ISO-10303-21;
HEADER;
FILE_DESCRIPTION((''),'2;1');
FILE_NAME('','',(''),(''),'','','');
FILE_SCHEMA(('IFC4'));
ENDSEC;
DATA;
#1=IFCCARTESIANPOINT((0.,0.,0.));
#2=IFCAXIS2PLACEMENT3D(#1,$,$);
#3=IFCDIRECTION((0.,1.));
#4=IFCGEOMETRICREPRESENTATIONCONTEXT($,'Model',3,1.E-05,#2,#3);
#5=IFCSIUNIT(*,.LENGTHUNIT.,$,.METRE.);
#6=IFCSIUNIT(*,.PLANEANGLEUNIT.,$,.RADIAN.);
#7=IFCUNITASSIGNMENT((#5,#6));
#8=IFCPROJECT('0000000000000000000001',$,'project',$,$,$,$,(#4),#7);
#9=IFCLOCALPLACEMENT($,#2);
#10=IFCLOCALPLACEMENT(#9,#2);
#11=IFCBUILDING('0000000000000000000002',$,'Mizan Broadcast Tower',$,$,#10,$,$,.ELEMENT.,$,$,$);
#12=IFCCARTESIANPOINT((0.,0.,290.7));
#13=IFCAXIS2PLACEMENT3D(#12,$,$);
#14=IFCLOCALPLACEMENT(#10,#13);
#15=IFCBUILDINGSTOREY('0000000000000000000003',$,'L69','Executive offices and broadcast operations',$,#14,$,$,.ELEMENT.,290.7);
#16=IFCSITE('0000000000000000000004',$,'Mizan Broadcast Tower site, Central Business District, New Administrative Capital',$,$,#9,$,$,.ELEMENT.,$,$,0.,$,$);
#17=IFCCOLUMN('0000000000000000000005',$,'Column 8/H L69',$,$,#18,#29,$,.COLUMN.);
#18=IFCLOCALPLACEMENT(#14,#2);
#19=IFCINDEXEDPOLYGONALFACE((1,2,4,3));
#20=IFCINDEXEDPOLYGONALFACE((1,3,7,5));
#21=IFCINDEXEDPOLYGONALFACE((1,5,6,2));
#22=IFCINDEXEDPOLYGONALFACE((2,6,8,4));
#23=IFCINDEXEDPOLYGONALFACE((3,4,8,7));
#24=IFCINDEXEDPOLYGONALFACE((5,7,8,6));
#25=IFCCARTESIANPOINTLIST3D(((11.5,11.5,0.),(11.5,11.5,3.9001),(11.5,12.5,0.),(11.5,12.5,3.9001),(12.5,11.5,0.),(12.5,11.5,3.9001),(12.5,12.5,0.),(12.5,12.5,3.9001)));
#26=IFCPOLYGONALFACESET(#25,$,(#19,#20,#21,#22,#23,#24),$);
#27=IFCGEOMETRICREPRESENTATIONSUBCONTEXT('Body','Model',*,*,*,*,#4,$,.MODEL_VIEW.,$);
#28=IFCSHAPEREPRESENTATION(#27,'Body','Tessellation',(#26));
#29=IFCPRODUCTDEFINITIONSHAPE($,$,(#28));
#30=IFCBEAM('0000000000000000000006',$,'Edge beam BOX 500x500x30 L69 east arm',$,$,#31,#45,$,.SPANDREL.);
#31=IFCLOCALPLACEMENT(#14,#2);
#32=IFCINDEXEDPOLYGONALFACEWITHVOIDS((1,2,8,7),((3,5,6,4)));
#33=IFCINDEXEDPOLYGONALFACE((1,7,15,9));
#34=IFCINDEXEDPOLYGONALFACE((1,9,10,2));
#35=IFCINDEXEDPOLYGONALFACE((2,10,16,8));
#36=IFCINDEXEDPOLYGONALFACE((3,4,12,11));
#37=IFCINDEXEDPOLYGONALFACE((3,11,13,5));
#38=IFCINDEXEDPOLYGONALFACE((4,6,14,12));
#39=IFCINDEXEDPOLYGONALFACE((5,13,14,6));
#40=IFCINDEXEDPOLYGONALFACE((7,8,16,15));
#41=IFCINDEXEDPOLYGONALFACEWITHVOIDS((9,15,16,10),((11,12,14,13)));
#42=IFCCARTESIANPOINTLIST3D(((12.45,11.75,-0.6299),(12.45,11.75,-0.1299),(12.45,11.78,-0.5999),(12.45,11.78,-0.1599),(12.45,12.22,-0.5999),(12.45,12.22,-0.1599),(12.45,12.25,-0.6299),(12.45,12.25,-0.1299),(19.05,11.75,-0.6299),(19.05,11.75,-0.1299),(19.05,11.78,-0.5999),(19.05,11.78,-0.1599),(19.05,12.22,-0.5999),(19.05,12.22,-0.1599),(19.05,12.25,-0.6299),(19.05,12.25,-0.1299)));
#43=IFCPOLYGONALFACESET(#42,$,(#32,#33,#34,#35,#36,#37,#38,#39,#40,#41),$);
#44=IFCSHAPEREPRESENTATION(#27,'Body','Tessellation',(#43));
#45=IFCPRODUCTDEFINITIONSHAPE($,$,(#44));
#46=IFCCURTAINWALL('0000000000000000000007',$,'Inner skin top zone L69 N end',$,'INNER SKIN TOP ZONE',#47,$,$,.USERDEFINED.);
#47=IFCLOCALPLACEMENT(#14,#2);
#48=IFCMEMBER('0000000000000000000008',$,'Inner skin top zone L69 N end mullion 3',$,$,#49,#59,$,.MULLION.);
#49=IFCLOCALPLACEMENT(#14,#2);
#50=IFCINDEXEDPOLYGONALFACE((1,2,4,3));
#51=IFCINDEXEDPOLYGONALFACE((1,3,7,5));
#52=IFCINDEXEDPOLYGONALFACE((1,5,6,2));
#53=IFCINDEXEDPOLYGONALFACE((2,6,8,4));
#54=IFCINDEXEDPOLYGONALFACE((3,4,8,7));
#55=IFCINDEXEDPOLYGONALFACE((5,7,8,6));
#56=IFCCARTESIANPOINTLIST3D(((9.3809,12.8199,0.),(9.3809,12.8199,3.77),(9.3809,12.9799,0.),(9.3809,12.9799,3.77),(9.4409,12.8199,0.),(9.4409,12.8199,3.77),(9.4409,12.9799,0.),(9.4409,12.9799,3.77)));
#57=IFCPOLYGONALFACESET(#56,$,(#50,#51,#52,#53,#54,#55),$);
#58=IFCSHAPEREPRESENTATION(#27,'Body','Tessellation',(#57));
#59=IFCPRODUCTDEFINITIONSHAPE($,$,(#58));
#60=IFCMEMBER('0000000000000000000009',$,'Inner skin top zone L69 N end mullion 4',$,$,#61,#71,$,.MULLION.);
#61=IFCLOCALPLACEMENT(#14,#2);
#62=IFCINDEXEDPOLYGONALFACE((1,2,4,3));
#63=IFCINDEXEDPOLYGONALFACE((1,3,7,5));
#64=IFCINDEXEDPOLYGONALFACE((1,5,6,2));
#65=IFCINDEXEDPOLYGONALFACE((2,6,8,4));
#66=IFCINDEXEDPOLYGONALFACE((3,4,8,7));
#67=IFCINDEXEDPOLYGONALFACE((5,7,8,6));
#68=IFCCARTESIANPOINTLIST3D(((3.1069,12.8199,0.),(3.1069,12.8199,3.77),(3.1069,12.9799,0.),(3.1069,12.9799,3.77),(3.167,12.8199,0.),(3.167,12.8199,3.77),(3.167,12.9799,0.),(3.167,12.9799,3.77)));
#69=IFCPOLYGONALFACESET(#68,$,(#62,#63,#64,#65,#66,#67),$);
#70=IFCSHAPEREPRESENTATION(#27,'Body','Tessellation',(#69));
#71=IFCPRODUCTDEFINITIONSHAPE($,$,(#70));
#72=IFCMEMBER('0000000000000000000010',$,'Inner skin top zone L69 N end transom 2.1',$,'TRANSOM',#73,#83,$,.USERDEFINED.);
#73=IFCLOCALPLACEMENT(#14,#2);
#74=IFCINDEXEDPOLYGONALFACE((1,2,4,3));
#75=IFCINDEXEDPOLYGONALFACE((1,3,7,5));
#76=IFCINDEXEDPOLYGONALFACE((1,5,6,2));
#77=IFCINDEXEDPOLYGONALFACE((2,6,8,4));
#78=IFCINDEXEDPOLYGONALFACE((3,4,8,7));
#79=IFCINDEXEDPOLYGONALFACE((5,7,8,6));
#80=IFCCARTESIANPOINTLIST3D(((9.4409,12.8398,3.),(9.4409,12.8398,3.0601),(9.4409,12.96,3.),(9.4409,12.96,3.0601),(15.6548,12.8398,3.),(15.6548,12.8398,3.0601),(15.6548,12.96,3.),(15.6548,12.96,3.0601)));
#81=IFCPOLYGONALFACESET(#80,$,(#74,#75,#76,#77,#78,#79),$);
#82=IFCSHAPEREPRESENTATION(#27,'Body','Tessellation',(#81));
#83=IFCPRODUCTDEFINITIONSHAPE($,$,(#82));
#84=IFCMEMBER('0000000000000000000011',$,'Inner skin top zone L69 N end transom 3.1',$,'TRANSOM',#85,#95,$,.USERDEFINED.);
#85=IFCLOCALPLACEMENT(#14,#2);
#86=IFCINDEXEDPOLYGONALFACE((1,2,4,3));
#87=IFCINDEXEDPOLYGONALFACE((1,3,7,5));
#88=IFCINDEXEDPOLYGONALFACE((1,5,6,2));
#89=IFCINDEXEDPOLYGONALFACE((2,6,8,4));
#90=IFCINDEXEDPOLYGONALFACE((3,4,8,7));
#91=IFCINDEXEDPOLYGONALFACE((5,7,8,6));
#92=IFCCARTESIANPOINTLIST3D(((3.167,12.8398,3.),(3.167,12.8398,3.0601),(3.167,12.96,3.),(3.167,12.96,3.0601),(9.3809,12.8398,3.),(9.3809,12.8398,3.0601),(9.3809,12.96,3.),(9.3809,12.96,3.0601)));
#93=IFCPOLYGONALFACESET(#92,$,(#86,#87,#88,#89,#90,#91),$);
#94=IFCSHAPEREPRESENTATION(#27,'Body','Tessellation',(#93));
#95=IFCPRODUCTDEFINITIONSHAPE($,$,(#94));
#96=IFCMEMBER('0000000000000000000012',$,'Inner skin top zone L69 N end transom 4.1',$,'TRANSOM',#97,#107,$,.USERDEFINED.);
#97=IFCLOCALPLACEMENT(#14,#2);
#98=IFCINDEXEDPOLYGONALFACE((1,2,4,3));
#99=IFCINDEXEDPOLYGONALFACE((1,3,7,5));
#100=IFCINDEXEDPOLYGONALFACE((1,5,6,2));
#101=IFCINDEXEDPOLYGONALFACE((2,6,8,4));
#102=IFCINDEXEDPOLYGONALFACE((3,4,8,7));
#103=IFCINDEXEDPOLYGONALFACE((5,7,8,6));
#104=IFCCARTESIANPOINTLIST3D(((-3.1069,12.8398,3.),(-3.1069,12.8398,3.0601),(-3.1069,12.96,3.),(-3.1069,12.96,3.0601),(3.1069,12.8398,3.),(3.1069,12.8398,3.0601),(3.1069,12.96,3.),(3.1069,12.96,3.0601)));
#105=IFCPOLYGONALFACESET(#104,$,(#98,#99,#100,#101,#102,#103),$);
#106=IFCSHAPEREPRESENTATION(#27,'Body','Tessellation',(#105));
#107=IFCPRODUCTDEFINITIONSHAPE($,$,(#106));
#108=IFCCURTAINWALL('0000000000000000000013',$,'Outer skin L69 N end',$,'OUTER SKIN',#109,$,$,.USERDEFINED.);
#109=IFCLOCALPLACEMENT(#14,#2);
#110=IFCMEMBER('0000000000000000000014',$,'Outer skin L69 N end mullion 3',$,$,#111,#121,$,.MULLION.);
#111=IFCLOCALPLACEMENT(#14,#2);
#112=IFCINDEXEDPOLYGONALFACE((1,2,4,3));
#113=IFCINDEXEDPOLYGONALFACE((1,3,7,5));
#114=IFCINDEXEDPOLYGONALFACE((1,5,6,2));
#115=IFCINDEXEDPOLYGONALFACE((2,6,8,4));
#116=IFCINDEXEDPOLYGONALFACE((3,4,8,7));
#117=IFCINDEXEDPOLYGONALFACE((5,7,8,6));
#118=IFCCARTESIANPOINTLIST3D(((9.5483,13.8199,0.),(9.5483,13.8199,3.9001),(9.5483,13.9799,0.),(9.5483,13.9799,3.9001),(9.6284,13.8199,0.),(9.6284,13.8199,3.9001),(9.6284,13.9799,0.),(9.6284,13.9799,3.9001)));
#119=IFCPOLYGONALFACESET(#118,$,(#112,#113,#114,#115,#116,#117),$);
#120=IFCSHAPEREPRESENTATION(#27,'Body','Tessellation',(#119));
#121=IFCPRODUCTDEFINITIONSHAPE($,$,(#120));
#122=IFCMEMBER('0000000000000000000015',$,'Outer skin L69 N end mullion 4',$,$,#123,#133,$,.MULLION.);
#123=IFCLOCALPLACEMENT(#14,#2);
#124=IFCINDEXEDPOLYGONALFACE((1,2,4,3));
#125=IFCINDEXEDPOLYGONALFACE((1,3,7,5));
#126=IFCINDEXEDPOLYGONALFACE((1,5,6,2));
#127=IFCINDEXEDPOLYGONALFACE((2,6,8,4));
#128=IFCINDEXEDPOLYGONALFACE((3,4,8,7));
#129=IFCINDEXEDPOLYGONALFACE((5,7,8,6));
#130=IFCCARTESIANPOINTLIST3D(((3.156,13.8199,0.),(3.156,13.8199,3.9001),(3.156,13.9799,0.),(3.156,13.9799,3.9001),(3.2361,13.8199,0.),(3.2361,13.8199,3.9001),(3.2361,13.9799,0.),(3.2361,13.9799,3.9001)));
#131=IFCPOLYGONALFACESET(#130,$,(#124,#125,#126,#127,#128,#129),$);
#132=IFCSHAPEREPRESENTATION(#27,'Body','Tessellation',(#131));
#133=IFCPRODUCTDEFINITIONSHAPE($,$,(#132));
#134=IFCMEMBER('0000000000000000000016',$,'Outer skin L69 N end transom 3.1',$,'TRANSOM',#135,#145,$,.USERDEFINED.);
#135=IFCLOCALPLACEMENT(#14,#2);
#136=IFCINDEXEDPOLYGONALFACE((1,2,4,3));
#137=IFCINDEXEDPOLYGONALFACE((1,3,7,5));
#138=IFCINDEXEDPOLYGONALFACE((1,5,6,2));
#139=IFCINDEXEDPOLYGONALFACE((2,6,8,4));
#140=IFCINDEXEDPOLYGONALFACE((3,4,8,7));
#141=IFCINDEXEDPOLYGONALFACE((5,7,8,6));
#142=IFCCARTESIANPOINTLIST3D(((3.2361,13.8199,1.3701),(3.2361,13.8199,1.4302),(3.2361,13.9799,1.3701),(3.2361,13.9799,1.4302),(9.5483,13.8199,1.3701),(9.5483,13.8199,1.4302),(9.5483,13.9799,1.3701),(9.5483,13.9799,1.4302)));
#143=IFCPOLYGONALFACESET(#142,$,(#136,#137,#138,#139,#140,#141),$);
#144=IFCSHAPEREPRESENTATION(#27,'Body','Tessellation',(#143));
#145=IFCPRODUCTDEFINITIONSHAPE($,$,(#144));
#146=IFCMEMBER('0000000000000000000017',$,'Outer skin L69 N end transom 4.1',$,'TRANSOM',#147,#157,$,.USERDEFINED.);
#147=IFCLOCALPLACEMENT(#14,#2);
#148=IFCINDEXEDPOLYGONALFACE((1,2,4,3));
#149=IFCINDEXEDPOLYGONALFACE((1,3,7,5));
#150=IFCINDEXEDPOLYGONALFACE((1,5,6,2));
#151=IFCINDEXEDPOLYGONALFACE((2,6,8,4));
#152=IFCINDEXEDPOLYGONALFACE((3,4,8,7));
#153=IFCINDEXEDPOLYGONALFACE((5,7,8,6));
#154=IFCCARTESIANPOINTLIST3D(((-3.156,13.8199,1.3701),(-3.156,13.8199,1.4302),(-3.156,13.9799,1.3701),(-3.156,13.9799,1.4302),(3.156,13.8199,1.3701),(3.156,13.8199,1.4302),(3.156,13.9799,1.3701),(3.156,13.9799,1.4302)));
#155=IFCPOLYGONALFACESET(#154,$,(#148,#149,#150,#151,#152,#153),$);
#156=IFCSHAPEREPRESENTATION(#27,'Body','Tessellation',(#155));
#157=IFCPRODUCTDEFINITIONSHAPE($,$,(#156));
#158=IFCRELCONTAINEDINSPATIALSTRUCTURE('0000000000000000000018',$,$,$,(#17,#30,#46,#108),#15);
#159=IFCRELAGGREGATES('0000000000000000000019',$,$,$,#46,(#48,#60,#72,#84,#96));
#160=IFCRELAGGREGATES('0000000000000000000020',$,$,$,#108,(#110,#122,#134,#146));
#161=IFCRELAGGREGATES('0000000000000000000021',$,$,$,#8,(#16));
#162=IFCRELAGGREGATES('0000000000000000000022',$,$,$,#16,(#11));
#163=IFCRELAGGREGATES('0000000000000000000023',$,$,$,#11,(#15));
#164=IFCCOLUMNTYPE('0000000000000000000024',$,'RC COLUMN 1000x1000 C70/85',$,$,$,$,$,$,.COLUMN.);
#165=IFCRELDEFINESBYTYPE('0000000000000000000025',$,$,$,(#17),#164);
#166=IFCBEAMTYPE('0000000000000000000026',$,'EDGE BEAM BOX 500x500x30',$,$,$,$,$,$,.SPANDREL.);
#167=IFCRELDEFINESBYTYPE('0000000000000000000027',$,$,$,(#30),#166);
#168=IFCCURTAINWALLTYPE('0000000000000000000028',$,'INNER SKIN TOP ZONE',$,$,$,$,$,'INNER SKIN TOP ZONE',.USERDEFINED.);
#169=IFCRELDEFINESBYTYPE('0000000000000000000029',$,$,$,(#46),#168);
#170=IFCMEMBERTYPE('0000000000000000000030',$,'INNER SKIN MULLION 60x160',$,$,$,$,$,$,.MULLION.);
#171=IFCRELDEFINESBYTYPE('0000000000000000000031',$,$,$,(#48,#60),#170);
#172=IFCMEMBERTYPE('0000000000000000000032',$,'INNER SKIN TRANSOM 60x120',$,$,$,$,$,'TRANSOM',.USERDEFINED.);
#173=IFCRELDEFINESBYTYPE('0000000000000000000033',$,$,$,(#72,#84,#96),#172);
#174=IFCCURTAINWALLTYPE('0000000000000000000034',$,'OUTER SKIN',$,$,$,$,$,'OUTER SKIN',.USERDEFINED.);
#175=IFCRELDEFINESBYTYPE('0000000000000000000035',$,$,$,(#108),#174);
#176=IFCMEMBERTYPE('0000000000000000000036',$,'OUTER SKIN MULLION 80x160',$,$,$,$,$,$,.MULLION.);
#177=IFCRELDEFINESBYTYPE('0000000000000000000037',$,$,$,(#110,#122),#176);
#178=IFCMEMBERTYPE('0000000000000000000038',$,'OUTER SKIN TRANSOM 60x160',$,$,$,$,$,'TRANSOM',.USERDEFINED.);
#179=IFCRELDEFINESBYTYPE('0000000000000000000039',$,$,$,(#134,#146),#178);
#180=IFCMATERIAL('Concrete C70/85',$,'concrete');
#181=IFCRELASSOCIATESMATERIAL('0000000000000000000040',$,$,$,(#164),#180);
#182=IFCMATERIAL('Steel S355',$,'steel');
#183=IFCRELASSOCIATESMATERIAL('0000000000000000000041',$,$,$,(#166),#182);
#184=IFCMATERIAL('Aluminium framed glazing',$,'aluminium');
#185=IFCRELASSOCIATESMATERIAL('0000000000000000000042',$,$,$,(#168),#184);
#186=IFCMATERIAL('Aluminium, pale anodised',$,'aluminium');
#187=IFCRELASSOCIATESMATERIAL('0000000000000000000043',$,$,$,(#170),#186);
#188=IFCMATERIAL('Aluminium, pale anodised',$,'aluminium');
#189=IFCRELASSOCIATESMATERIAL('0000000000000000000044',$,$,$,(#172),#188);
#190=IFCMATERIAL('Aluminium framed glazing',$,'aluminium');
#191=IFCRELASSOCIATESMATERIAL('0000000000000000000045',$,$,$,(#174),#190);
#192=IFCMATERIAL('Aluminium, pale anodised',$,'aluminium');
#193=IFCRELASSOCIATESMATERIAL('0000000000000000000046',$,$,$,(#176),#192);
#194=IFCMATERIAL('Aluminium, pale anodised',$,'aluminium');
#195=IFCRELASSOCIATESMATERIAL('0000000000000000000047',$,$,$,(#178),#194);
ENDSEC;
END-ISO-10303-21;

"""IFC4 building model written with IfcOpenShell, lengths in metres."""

from ifc_helpers import new_model, si_unit, direction, frame, origin, origin_2d, place, context, subcontext, project, spatial, rectangle, hollow_rectangle, extrude, material, material_profile, profile_set, type_object, element, aggregate, save


model = new_model("IFC4")

# Units and contexts
model_context = context("Model", 3, precision=1e-05, world=origin(), true_north=direction((0.0, 1.0)))
body_context = subcontext(model_context, "Body", "Model", "MODEL_VIEW")
ifc_project = project(units=[si_unit("LENGTHUNIT", "METRE"), si_unit("PLANEANGLEUNIT", "RADIAN")], contexts=[model_context])

# Site, building, storey
site_placement = place(None, origin())
site = spatial("IfcSite", under=ifc_project, at=site_placement, Name="Mizan Broadcast Tower site, Central Business District, New Administrative Capital", CompositionType="ELEMENT", RefElevation=0.0)
building_placement = place(site_placement, origin())
building = spatial("IfcBuilding", under=site, at=building_placement, Name="Mizan Broadcast Tower", CompositionType="ELEMENT")
storey_placement = place(building_placement, frame((0.0, 0.0, 290.7)))
storey = spatial("IfcBuildingStorey", under=building, at=storey_placement, Name="L69", Description="Executive offices and broadcast operations", CompositionType="ELEMENT", Elevation=290.7)

# Column
ifc_material_1 = material(Name="Concrete C70/85", Category="concrete")
ifc_material_profile_1 = material_profile(ifc_material_1, rectangle(XDim=1.0, YDim=1.0, at=origin_2d()), Name="RC 1000x1000")
ifc_profile_set_1 = profile_set([ifc_material_profile_1], Name="Concrete C70/85")
column_type = type_object("IfcColumnType", Name="RC COLUMN 1000x1000 C70/85", PredefinedType="COLUMN", material=ifc_profile_set_1)
column_placement = place(storey_placement, frame((12.0, 12.0, 0.0), z_axis=(0.0, 0.0, 1.0), x_axis=(1.0, 0.0, 0.0)))
element("IfcColumn", 1, at=column_placement, inside=storey, type_object=column_type, Name="Column 8/H L69", PredefinedType="COLUMN", context=body_context, shape_type="SweptSolid", body=[
    extrude(rectangle(XDim=1.0, YDim=1.0, at=origin_2d()), origin(), (0.0, 0.0, 1.0), 3.9001),
])

# Beam
ifc_material_2 = material(Name="Steel S355", Category="steel")
ifc_material_profile_2 = material_profile(ifc_material_2, hollow_rectangle(XDim=0.5, YDim=0.5, WallThickness=0.03, at=origin_2d()), Name="BOX 500x500x30")
ifc_profile_set_2 = profile_set([ifc_material_profile_2], Name="Steel S355")
beam_type_1 = type_object("IfcBeamType", Name="EDGE BEAM BOX 500x500x30", PredefinedType="SPANDREL", material=ifc_profile_set_2)
beam_1_placement = place(storey_placement, frame((12.45, 12.0, -0.3799), z_axis=(1.0, 0.0, 0.0), x_axis=(0.0, 1.0, 0.0)))
element("IfcBeam", 2, at=beam_1_placement, inside=storey, type_object=beam_type_1, Name="Edge beam BOX 500x500x30 L69 east arm", PredefinedType="SPANDREL", context=body_context, shape_type="SweptSolid", body=[
    extrude(hollow_rectangle(XDim=0.5, YDim=0.5, WallThickness=0.03, at=origin_2d()), origin(), (0.0, 0.0, 1.0), 6.6001),
])

# Curtain walls, members
ifc_material_3 = material(Name="Aluminium framed glazing", Category="aluminium")
curtain_wall_type_1 = type_object("IfcCurtainWallType", Name="INNER SKIN TOP ZONE", ElementType="INNER SKIN TOP ZONE", PredefinedType="USERDEFINED", material=ifc_material_3)
curtain_wall_1_placement = place(storey_placement, origin())
curtain_wall_1 = element("IfcCurtainWall", 3, at=curtain_wall_1_placement, inside=storey, type_object=curtain_wall_type_1, Name="Inner skin top zone L69 N end", ObjectType="INNER SKIN TOP ZONE", PredefinedType="USERDEFINED")
ifc_material_4 = material(Name="Aluminium, pale anodised", Category="aluminium")
ifc_material_profile_3 = material_profile(ifc_material_4, rectangle(XDim=0.1599, YDim=0.0601, at=origin_2d()), Name="MULLION 160x60")
ifc_profile_set_3 = profile_set([ifc_material_profile_3], Name="Aluminium, pale anodised")
member_type_1 = type_object("IfcMemberType", Name="INNER SKIN MULLION 60x160", PredefinedType="MULLION", material=ifc_profile_set_3)
member_1_placement = place(storey_placement, frame((9.4109, 12.8999, 0.0), z_axis=(0.0, 0.0, 1.0), x_axis=(0.0, -1.0, 0.0)))
member_1 = element("IfcMember", 4, at=member_1_placement, type_object=member_type_1, Name="Inner skin top zone L69 N end mullion 3", PredefinedType="MULLION", context=body_context, shape_type="SweptSolid", body=[
    extrude(rectangle(XDim=0.1599, YDim=0.0601, at=origin_2d()), origin(), (0.0, 0.0, 1.0), 3.77),
])
member_2_placement = place(storey_placement, frame((3.137, 12.8999, 0.0), z_axis=(0.0, 0.0, 1.0), x_axis=(0.0, -1.0, 0.0)))
member_2 = element("IfcMember", 5, at=member_2_placement, type_object=member_type_1, Name="Inner skin top zone L69 N end mullion 4", PredefinedType="MULLION", context=body_context, shape_type="SweptSolid", body=[
    extrude(rectangle(XDim=0.1599, YDim=0.0601, at=origin_2d()), origin(), (0.0, 0.0, 1.0), 3.77),
])
ifc_material_5 = material(Name="Aluminium, pale anodised", Category="aluminium")
ifc_material_profile_4 = material_profile(ifc_material_5, rectangle(XDim=0.1201, YDim=0.0601, at=origin_2d()), Name="TRANSOM 120x60")
ifc_profile_set_4 = profile_set([ifc_material_profile_4], Name="Aluminium, pale anodised")
member_type_2 = type_object("IfcMemberType", Name="INNER SKIN TRANSOM 60x120", ElementType="TRANSOM", PredefinedType="USERDEFINED", material=ifc_profile_set_4)
member_3_placement = place(storey_placement, frame((15.6548, 12.8999, 3.03), z_axis=(-1.0, 0.0, 0.0), x_axis=(0.0, -1.0, 0.0)))
member_3 = element("IfcMember", 6, at=member_3_placement, type_object=member_type_2, Name="Inner skin top zone L69 N end transom 2.1", ObjectType="TRANSOM", PredefinedType="USERDEFINED", context=body_context, shape_type="SweptSolid", body=[
    extrude(rectangle(XDim=0.1201, YDim=0.0601, at=origin_2d()), origin(), (0.0, 0.0, 1.0), 6.2139),
])
member_4_placement = place(storey_placement, frame((9.3809, 12.8999, 3.03), z_axis=(-1.0, 0.0, 0.0), x_axis=(0.0, -1.0, 0.0)))
member_4 = element("IfcMember", 7, at=member_4_placement, type_object=member_type_2, Name="Inner skin top zone L69 N end transom 3.1", ObjectType="TRANSOM", PredefinedType="USERDEFINED", context=body_context, shape_type="SweptSolid", body=[
    extrude(rectangle(XDim=0.1201, YDim=0.0601, at=origin_2d()), origin(), (0.0, 0.0, 1.0), 6.2139),
])
member_5_placement = place(storey_placement, frame((3.1069, 12.8999, 3.03), z_axis=(-1.0, 0.0, 0.0), x_axis=(0.0, -1.0, 0.0)))
member_5 = element("IfcMember", 8, at=member_5_placement, type_object=member_type_2, Name="Inner skin top zone L69 N end transom 4.1", ObjectType="TRANSOM", PredefinedType="USERDEFINED", context=body_context, shape_type="SweptSolid", body=[
    extrude(rectangle(XDim=0.1201, YDim=0.0601, at=origin_2d()), origin(), (0.0, 0.0, 1.0), 6.2139),
])
ifc_material_6 = material(Name="Aluminium framed glazing", Category="aluminium")
curtain_wall_type_2 = type_object("IfcCurtainWallType", Name="OUTER SKIN", ElementType="OUTER SKIN", PredefinedType="USERDEFINED", material=ifc_material_6)
curtain_wall_2_placement = place(storey_placement, origin())
curtain_wall_2 = element("IfcCurtainWall", 9, at=curtain_wall_2_placement, inside=storey, type_object=curtain_wall_type_2, Name="Outer skin L69 N end", ObjectType="OUTER SKIN", PredefinedType="USERDEFINED")
ifc_material_7 = material(Name="Aluminium, pale anodised", Category="aluminium")
ifc_material_profile_5 = material_profile(ifc_material_7, rectangle(XDim=0.1599, YDim=0.0801, at=origin_2d()), Name="MULLION 160x80")
ifc_profile_set_5 = profile_set([ifc_material_profile_5], Name="Aluminium, pale anodised")
member_type_3 = type_object("IfcMemberType", Name="OUTER SKIN MULLION 80x160", PredefinedType="MULLION", material=ifc_profile_set_5)
member_6_placement = place(storey_placement, frame((9.5884, 13.8999, 0.0), z_axis=(0.0, 0.0, 1.0), x_axis=(0.0, -1.0, 0.0)))
member_6 = element("IfcMember", 10, at=member_6_placement, type_object=member_type_3, Name="Outer skin L69 N end mullion 3", PredefinedType="MULLION", context=body_context, shape_type="SweptSolid", body=[
    extrude(rectangle(XDim=0.1599, YDim=0.0801, at=origin_2d()), origin(), (0.0, 0.0, 1.0), 3.9001),
])
member_7_placement = place(storey_placement, frame((3.196, 13.8999, 0.0), z_axis=(0.0, 0.0, 1.0), x_axis=(0.0, -1.0, 0.0)))
member_7 = element("IfcMember", 11, at=member_7_placement, type_object=member_type_3, Name="Outer skin L69 N end mullion 4", PredefinedType="MULLION", context=body_context, shape_type="SweptSolid", body=[
    extrude(rectangle(XDim=0.1599, YDim=0.0801, at=origin_2d()), origin(), (0.0, 0.0, 1.0), 3.9001),
])
ifc_material_8 = material(Name="Aluminium, pale anodised", Category="aluminium")
ifc_material_profile_6 = material_profile(ifc_material_8, rectangle(XDim=0.1599, YDim=0.0601, at=origin_2d()), Name="TRANSOM 160x60")
ifc_profile_set_6 = profile_set([ifc_material_profile_6], Name="Aluminium, pale anodised")
member_type_4 = type_object("IfcMemberType", Name="OUTER SKIN TRANSOM 60x160", ElementType="TRANSOM", PredefinedType="USERDEFINED", material=ifc_profile_set_6)
member_8_placement = place(storey_placement, frame((9.5483, 13.8999, 1.4001), z_axis=(-1.0, 0.0, 0.0), x_axis=(0.0, -1.0, 0.0)))
member_8 = element("IfcMember", 12, at=member_8_placement, type_object=member_type_4, Name="Outer skin L69 N end transom 3.1", ObjectType="TRANSOM", PredefinedType="USERDEFINED", context=body_context, shape_type="SweptSolid", body=[
    extrude(rectangle(XDim=0.1599, YDim=0.0601, at=origin_2d()), origin(), (0.0, 0.0, 1.0), 6.3123),
])
member_9_placement = place(storey_placement, frame((3.156, 13.8999, 1.4001), z_axis=(-1.0, 0.0, 0.0), x_axis=(0.0, -1.0, 0.0)))
member_9 = element("IfcMember", 13, at=member_9_placement, type_object=member_type_4, Name="Outer skin L69 N end transom 4.1", ObjectType="TRANSOM", PredefinedType="USERDEFINED", context=body_context, shape_type="SweptSolid", body=[
    extrude(rectangle(XDim=0.1599, YDim=0.0601, at=origin_2d()), origin(), (0.0, 0.0, 1.0), 6.312),
])

aggregate(curtain_wall_1, [member_1, member_2, member_3, member_4, member_5])
aggregate(curtain_wall_2, [member_6, member_7, member_8, member_9])

save(model, "model.ifc")
